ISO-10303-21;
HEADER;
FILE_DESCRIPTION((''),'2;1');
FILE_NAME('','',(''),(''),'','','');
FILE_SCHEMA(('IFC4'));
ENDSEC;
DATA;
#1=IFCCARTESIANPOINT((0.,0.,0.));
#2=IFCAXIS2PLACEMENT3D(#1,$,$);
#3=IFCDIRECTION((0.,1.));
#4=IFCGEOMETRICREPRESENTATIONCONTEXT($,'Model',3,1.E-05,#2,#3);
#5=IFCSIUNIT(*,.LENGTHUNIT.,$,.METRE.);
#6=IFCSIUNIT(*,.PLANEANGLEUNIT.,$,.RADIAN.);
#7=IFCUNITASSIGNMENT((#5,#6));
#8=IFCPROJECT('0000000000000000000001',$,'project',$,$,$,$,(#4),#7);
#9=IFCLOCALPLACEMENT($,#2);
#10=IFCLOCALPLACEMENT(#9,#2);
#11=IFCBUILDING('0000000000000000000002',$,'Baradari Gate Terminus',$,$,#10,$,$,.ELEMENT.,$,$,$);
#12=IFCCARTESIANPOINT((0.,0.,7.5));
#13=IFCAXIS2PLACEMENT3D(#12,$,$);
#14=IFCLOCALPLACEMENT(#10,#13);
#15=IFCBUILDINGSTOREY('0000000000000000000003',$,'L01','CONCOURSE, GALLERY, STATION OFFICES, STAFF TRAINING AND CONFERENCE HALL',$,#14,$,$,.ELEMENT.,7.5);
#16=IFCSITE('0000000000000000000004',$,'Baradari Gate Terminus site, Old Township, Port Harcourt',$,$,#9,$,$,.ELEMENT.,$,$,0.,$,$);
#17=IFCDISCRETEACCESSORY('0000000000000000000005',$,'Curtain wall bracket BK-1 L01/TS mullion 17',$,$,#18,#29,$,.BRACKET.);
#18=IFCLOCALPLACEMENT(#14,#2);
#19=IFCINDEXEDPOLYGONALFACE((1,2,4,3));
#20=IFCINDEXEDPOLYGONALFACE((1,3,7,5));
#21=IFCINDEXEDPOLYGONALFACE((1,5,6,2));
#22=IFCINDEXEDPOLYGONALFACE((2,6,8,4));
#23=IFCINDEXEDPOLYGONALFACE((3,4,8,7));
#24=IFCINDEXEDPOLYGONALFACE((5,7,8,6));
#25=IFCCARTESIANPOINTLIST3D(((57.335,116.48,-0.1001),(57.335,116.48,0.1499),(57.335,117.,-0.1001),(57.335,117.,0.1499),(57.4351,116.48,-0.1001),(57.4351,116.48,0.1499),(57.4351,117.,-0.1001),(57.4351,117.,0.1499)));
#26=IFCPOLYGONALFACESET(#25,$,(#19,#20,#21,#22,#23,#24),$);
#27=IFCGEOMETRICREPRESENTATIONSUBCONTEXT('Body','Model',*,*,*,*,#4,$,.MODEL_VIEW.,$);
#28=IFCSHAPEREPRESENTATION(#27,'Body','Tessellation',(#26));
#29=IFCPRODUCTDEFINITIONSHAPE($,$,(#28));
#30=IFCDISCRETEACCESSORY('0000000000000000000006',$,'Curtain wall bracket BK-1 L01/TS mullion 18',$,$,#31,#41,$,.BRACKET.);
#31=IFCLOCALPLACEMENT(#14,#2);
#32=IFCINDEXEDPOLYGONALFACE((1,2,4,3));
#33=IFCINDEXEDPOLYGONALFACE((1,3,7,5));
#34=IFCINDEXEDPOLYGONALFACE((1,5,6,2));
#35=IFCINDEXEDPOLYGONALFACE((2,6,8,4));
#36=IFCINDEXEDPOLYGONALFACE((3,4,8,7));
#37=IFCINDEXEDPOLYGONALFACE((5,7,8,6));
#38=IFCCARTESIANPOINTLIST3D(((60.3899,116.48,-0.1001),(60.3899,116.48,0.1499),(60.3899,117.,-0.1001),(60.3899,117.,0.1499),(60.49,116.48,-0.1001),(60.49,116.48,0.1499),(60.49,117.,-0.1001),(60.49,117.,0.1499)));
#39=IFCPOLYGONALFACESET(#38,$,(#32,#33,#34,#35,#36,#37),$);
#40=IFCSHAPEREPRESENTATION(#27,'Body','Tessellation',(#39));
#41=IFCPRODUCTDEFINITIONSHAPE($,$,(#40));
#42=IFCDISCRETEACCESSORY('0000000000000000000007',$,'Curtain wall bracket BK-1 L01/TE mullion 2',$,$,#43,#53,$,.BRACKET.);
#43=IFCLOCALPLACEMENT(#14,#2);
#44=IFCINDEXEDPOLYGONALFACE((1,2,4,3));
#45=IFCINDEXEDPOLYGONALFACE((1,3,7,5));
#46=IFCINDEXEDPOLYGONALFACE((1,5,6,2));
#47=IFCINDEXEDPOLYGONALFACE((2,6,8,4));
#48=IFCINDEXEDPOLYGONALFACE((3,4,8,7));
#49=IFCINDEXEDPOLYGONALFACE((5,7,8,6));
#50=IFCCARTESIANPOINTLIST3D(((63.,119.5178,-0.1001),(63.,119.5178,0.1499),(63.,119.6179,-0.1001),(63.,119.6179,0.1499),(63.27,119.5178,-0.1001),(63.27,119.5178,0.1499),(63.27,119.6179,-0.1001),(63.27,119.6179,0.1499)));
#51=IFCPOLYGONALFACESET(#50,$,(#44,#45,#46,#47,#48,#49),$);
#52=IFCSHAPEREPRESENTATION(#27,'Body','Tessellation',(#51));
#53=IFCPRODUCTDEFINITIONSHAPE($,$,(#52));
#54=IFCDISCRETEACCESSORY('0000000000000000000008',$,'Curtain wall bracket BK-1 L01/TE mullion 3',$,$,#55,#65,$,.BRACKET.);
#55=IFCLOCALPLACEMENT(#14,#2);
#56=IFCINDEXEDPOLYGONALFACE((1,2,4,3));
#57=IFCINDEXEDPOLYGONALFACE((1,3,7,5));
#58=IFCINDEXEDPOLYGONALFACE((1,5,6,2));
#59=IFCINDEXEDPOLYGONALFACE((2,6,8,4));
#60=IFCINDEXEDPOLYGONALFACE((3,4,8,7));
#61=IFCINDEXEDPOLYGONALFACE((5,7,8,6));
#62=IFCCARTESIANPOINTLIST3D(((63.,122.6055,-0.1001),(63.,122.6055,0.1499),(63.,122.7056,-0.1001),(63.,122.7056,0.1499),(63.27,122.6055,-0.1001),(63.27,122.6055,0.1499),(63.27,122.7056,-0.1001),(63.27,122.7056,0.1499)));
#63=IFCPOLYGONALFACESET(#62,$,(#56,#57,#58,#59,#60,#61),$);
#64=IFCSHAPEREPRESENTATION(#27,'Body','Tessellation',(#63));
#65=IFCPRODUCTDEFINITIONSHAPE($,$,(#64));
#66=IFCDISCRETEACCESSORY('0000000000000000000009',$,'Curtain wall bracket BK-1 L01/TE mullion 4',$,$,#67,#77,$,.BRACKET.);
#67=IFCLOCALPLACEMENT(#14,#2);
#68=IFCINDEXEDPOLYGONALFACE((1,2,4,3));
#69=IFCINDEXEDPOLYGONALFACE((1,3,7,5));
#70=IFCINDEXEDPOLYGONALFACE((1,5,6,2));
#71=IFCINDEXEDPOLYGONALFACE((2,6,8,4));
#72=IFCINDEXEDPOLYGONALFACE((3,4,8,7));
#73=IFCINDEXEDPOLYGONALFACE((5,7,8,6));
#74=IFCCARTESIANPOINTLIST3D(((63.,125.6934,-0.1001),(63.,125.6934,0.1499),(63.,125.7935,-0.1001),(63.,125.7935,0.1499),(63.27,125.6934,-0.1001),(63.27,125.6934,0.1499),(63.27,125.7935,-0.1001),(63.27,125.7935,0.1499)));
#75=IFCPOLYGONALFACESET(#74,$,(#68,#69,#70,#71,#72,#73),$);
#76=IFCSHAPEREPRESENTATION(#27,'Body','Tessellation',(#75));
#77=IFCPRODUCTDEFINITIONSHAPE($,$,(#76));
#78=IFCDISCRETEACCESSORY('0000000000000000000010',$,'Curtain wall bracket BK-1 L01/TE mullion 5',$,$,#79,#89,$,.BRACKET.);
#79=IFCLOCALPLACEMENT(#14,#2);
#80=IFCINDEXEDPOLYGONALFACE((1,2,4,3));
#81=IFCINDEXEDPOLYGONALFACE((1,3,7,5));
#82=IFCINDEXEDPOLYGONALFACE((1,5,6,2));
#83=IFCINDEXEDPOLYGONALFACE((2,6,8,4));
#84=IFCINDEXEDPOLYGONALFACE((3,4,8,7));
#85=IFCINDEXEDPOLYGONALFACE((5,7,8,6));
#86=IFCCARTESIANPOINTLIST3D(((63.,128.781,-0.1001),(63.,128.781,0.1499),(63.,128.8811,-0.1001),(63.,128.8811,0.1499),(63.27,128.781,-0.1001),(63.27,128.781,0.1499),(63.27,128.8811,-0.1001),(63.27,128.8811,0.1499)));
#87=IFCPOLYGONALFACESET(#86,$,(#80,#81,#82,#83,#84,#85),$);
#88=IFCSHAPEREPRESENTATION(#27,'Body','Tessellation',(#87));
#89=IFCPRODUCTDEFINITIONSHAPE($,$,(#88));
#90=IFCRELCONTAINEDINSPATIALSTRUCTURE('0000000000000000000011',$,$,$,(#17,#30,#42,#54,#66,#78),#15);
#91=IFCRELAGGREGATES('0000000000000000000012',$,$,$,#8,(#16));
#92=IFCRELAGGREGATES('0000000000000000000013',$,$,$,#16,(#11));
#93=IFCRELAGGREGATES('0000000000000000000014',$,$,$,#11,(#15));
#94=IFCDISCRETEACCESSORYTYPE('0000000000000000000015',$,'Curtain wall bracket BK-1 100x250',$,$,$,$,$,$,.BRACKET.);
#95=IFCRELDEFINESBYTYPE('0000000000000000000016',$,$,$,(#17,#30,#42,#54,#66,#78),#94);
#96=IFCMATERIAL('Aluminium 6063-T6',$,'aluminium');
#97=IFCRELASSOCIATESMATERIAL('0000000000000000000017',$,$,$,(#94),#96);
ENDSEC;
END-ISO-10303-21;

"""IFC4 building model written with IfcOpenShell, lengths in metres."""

from ifc_helpers import new_model, si_unit, direction, frame, origin, origin_2d, place, context, subcontext, project, spatial, rectangle, extrude, material, type_object, element, save


model = new_model("IFC4")

# Units and contexts
model_context = context("Model", 3, precision=1e-05, world=origin(), true_north=direction((0.0, 1.0)))
body_context = subcontext(model_context, "Body", "Model", "MODEL_VIEW")
ifc_project = project(units=[si_unit("LENGTHUNIT", "METRE"), si_unit("PLANEANGLEUNIT", "RADIAN")], contexts=[model_context])

# Site, building, storey
site_placement = place(None, origin())
site = spatial("IfcSite", under=ifc_project, at=site_placement, Name="Baradari Gate Terminus site, Old Township, Port Harcourt", CompositionType="ELEMENT", RefElevation=0.0)
building_placement = place(site_placement, origin())
building = spatial("IfcBuilding", under=site, at=building_placement, Name="Baradari Gate Terminus", CompositionType="ELEMENT")
storey_placement = place(building_placement, frame((0.0, 0.0, 7.5)))
storey = spatial("IfcBuildingStorey", under=building, at=storey_placement, Name="L01", Description="CONCOURSE, GALLERY, STATION OFFICES, STAFF TRAINING AND CONFERENCE HALL", CompositionType="ELEMENT", Elevation=7.5)

# Discrete accessories
ifc_material_1 = material(Name="Aluminium 6063-T6", Category="aluminium")
discrete_accessory_type = type_object("IfcDiscreteAccessoryType", Name="Curtain wall bracket BK-1 100x250", PredefinedType="BRACKET", material=ifc_material_1)
for number, where, z_axis, x_axis, name in (
    (1, (57.385, 116.74, -0.1001), (0.0, 0.0, 1.0), (0.0, -1.0, 0.0), "Curtain wall bracket BK-1 L01/TS mullion 17"),
    (2, (60.4399, 116.74, -0.1001), (0.0, 0.0, 1.0), (0.0, -1.0, 0.0), "Curtain wall bracket BK-1 L01/TS mullion 18"),
):
    element("IfcDiscreteAccessory", number, at=place(storey_placement, frame(where, z_axis=z_axis, x_axis=x_axis)), inside=storey, type_object=discrete_accessory_type, Name=name, PredefinedType="BRACKET", context=body_context, shape_type="SweptSolid", body=[
        extrude(rectangle(XDim=0.52, YDim=0.1001, at=origin_2d()), origin(), (0.0, 0.0, 1.0), 0.25),
    ])
for number, where, z_axis, x_axis, name in (
    (3, (63.135, 119.5679, -0.1001), (0.0, 0.0, 1.0), (1.0, 0.0, 0.0), "Curtain wall bracket BK-1 L01/TE mullion 2"),
    (4, (63.135, 122.6555, -0.1001), (0.0, 0.0, 1.0), (1.0, 0.0, 0.0), "Curtain wall bracket BK-1 L01/TE mullion 3"),
    (5, (63.135, 125.7434, -0.1001), (0.0, 0.0, 1.0), (1.0, 0.0, 0.0), "Curtain wall bracket BK-1 L01/TE mullion 4"),
    (6, (63.135, 128.8311, -0.1001), (0.0, 0.0, 1.0), (1.0, 0.0, 0.0), "Curtain wall bracket BK-1 L01/TE mullion 5"),
):
    element("IfcDiscreteAccessory", number, at=place(storey_placement, frame(where, z_axis=z_axis, x_axis=x_axis)), inside=storey, type_object=discrete_accessory_type, Name=name, PredefinedType="BRACKET", context=body_context, shape_type="SweptSolid", body=[
        extrude(rectangle(XDim=0.27, YDim=0.1001, at=origin_2d()), origin(), (0.0, 0.0, 1.0), 0.25),
    ])

save(model, "model.ifc")
